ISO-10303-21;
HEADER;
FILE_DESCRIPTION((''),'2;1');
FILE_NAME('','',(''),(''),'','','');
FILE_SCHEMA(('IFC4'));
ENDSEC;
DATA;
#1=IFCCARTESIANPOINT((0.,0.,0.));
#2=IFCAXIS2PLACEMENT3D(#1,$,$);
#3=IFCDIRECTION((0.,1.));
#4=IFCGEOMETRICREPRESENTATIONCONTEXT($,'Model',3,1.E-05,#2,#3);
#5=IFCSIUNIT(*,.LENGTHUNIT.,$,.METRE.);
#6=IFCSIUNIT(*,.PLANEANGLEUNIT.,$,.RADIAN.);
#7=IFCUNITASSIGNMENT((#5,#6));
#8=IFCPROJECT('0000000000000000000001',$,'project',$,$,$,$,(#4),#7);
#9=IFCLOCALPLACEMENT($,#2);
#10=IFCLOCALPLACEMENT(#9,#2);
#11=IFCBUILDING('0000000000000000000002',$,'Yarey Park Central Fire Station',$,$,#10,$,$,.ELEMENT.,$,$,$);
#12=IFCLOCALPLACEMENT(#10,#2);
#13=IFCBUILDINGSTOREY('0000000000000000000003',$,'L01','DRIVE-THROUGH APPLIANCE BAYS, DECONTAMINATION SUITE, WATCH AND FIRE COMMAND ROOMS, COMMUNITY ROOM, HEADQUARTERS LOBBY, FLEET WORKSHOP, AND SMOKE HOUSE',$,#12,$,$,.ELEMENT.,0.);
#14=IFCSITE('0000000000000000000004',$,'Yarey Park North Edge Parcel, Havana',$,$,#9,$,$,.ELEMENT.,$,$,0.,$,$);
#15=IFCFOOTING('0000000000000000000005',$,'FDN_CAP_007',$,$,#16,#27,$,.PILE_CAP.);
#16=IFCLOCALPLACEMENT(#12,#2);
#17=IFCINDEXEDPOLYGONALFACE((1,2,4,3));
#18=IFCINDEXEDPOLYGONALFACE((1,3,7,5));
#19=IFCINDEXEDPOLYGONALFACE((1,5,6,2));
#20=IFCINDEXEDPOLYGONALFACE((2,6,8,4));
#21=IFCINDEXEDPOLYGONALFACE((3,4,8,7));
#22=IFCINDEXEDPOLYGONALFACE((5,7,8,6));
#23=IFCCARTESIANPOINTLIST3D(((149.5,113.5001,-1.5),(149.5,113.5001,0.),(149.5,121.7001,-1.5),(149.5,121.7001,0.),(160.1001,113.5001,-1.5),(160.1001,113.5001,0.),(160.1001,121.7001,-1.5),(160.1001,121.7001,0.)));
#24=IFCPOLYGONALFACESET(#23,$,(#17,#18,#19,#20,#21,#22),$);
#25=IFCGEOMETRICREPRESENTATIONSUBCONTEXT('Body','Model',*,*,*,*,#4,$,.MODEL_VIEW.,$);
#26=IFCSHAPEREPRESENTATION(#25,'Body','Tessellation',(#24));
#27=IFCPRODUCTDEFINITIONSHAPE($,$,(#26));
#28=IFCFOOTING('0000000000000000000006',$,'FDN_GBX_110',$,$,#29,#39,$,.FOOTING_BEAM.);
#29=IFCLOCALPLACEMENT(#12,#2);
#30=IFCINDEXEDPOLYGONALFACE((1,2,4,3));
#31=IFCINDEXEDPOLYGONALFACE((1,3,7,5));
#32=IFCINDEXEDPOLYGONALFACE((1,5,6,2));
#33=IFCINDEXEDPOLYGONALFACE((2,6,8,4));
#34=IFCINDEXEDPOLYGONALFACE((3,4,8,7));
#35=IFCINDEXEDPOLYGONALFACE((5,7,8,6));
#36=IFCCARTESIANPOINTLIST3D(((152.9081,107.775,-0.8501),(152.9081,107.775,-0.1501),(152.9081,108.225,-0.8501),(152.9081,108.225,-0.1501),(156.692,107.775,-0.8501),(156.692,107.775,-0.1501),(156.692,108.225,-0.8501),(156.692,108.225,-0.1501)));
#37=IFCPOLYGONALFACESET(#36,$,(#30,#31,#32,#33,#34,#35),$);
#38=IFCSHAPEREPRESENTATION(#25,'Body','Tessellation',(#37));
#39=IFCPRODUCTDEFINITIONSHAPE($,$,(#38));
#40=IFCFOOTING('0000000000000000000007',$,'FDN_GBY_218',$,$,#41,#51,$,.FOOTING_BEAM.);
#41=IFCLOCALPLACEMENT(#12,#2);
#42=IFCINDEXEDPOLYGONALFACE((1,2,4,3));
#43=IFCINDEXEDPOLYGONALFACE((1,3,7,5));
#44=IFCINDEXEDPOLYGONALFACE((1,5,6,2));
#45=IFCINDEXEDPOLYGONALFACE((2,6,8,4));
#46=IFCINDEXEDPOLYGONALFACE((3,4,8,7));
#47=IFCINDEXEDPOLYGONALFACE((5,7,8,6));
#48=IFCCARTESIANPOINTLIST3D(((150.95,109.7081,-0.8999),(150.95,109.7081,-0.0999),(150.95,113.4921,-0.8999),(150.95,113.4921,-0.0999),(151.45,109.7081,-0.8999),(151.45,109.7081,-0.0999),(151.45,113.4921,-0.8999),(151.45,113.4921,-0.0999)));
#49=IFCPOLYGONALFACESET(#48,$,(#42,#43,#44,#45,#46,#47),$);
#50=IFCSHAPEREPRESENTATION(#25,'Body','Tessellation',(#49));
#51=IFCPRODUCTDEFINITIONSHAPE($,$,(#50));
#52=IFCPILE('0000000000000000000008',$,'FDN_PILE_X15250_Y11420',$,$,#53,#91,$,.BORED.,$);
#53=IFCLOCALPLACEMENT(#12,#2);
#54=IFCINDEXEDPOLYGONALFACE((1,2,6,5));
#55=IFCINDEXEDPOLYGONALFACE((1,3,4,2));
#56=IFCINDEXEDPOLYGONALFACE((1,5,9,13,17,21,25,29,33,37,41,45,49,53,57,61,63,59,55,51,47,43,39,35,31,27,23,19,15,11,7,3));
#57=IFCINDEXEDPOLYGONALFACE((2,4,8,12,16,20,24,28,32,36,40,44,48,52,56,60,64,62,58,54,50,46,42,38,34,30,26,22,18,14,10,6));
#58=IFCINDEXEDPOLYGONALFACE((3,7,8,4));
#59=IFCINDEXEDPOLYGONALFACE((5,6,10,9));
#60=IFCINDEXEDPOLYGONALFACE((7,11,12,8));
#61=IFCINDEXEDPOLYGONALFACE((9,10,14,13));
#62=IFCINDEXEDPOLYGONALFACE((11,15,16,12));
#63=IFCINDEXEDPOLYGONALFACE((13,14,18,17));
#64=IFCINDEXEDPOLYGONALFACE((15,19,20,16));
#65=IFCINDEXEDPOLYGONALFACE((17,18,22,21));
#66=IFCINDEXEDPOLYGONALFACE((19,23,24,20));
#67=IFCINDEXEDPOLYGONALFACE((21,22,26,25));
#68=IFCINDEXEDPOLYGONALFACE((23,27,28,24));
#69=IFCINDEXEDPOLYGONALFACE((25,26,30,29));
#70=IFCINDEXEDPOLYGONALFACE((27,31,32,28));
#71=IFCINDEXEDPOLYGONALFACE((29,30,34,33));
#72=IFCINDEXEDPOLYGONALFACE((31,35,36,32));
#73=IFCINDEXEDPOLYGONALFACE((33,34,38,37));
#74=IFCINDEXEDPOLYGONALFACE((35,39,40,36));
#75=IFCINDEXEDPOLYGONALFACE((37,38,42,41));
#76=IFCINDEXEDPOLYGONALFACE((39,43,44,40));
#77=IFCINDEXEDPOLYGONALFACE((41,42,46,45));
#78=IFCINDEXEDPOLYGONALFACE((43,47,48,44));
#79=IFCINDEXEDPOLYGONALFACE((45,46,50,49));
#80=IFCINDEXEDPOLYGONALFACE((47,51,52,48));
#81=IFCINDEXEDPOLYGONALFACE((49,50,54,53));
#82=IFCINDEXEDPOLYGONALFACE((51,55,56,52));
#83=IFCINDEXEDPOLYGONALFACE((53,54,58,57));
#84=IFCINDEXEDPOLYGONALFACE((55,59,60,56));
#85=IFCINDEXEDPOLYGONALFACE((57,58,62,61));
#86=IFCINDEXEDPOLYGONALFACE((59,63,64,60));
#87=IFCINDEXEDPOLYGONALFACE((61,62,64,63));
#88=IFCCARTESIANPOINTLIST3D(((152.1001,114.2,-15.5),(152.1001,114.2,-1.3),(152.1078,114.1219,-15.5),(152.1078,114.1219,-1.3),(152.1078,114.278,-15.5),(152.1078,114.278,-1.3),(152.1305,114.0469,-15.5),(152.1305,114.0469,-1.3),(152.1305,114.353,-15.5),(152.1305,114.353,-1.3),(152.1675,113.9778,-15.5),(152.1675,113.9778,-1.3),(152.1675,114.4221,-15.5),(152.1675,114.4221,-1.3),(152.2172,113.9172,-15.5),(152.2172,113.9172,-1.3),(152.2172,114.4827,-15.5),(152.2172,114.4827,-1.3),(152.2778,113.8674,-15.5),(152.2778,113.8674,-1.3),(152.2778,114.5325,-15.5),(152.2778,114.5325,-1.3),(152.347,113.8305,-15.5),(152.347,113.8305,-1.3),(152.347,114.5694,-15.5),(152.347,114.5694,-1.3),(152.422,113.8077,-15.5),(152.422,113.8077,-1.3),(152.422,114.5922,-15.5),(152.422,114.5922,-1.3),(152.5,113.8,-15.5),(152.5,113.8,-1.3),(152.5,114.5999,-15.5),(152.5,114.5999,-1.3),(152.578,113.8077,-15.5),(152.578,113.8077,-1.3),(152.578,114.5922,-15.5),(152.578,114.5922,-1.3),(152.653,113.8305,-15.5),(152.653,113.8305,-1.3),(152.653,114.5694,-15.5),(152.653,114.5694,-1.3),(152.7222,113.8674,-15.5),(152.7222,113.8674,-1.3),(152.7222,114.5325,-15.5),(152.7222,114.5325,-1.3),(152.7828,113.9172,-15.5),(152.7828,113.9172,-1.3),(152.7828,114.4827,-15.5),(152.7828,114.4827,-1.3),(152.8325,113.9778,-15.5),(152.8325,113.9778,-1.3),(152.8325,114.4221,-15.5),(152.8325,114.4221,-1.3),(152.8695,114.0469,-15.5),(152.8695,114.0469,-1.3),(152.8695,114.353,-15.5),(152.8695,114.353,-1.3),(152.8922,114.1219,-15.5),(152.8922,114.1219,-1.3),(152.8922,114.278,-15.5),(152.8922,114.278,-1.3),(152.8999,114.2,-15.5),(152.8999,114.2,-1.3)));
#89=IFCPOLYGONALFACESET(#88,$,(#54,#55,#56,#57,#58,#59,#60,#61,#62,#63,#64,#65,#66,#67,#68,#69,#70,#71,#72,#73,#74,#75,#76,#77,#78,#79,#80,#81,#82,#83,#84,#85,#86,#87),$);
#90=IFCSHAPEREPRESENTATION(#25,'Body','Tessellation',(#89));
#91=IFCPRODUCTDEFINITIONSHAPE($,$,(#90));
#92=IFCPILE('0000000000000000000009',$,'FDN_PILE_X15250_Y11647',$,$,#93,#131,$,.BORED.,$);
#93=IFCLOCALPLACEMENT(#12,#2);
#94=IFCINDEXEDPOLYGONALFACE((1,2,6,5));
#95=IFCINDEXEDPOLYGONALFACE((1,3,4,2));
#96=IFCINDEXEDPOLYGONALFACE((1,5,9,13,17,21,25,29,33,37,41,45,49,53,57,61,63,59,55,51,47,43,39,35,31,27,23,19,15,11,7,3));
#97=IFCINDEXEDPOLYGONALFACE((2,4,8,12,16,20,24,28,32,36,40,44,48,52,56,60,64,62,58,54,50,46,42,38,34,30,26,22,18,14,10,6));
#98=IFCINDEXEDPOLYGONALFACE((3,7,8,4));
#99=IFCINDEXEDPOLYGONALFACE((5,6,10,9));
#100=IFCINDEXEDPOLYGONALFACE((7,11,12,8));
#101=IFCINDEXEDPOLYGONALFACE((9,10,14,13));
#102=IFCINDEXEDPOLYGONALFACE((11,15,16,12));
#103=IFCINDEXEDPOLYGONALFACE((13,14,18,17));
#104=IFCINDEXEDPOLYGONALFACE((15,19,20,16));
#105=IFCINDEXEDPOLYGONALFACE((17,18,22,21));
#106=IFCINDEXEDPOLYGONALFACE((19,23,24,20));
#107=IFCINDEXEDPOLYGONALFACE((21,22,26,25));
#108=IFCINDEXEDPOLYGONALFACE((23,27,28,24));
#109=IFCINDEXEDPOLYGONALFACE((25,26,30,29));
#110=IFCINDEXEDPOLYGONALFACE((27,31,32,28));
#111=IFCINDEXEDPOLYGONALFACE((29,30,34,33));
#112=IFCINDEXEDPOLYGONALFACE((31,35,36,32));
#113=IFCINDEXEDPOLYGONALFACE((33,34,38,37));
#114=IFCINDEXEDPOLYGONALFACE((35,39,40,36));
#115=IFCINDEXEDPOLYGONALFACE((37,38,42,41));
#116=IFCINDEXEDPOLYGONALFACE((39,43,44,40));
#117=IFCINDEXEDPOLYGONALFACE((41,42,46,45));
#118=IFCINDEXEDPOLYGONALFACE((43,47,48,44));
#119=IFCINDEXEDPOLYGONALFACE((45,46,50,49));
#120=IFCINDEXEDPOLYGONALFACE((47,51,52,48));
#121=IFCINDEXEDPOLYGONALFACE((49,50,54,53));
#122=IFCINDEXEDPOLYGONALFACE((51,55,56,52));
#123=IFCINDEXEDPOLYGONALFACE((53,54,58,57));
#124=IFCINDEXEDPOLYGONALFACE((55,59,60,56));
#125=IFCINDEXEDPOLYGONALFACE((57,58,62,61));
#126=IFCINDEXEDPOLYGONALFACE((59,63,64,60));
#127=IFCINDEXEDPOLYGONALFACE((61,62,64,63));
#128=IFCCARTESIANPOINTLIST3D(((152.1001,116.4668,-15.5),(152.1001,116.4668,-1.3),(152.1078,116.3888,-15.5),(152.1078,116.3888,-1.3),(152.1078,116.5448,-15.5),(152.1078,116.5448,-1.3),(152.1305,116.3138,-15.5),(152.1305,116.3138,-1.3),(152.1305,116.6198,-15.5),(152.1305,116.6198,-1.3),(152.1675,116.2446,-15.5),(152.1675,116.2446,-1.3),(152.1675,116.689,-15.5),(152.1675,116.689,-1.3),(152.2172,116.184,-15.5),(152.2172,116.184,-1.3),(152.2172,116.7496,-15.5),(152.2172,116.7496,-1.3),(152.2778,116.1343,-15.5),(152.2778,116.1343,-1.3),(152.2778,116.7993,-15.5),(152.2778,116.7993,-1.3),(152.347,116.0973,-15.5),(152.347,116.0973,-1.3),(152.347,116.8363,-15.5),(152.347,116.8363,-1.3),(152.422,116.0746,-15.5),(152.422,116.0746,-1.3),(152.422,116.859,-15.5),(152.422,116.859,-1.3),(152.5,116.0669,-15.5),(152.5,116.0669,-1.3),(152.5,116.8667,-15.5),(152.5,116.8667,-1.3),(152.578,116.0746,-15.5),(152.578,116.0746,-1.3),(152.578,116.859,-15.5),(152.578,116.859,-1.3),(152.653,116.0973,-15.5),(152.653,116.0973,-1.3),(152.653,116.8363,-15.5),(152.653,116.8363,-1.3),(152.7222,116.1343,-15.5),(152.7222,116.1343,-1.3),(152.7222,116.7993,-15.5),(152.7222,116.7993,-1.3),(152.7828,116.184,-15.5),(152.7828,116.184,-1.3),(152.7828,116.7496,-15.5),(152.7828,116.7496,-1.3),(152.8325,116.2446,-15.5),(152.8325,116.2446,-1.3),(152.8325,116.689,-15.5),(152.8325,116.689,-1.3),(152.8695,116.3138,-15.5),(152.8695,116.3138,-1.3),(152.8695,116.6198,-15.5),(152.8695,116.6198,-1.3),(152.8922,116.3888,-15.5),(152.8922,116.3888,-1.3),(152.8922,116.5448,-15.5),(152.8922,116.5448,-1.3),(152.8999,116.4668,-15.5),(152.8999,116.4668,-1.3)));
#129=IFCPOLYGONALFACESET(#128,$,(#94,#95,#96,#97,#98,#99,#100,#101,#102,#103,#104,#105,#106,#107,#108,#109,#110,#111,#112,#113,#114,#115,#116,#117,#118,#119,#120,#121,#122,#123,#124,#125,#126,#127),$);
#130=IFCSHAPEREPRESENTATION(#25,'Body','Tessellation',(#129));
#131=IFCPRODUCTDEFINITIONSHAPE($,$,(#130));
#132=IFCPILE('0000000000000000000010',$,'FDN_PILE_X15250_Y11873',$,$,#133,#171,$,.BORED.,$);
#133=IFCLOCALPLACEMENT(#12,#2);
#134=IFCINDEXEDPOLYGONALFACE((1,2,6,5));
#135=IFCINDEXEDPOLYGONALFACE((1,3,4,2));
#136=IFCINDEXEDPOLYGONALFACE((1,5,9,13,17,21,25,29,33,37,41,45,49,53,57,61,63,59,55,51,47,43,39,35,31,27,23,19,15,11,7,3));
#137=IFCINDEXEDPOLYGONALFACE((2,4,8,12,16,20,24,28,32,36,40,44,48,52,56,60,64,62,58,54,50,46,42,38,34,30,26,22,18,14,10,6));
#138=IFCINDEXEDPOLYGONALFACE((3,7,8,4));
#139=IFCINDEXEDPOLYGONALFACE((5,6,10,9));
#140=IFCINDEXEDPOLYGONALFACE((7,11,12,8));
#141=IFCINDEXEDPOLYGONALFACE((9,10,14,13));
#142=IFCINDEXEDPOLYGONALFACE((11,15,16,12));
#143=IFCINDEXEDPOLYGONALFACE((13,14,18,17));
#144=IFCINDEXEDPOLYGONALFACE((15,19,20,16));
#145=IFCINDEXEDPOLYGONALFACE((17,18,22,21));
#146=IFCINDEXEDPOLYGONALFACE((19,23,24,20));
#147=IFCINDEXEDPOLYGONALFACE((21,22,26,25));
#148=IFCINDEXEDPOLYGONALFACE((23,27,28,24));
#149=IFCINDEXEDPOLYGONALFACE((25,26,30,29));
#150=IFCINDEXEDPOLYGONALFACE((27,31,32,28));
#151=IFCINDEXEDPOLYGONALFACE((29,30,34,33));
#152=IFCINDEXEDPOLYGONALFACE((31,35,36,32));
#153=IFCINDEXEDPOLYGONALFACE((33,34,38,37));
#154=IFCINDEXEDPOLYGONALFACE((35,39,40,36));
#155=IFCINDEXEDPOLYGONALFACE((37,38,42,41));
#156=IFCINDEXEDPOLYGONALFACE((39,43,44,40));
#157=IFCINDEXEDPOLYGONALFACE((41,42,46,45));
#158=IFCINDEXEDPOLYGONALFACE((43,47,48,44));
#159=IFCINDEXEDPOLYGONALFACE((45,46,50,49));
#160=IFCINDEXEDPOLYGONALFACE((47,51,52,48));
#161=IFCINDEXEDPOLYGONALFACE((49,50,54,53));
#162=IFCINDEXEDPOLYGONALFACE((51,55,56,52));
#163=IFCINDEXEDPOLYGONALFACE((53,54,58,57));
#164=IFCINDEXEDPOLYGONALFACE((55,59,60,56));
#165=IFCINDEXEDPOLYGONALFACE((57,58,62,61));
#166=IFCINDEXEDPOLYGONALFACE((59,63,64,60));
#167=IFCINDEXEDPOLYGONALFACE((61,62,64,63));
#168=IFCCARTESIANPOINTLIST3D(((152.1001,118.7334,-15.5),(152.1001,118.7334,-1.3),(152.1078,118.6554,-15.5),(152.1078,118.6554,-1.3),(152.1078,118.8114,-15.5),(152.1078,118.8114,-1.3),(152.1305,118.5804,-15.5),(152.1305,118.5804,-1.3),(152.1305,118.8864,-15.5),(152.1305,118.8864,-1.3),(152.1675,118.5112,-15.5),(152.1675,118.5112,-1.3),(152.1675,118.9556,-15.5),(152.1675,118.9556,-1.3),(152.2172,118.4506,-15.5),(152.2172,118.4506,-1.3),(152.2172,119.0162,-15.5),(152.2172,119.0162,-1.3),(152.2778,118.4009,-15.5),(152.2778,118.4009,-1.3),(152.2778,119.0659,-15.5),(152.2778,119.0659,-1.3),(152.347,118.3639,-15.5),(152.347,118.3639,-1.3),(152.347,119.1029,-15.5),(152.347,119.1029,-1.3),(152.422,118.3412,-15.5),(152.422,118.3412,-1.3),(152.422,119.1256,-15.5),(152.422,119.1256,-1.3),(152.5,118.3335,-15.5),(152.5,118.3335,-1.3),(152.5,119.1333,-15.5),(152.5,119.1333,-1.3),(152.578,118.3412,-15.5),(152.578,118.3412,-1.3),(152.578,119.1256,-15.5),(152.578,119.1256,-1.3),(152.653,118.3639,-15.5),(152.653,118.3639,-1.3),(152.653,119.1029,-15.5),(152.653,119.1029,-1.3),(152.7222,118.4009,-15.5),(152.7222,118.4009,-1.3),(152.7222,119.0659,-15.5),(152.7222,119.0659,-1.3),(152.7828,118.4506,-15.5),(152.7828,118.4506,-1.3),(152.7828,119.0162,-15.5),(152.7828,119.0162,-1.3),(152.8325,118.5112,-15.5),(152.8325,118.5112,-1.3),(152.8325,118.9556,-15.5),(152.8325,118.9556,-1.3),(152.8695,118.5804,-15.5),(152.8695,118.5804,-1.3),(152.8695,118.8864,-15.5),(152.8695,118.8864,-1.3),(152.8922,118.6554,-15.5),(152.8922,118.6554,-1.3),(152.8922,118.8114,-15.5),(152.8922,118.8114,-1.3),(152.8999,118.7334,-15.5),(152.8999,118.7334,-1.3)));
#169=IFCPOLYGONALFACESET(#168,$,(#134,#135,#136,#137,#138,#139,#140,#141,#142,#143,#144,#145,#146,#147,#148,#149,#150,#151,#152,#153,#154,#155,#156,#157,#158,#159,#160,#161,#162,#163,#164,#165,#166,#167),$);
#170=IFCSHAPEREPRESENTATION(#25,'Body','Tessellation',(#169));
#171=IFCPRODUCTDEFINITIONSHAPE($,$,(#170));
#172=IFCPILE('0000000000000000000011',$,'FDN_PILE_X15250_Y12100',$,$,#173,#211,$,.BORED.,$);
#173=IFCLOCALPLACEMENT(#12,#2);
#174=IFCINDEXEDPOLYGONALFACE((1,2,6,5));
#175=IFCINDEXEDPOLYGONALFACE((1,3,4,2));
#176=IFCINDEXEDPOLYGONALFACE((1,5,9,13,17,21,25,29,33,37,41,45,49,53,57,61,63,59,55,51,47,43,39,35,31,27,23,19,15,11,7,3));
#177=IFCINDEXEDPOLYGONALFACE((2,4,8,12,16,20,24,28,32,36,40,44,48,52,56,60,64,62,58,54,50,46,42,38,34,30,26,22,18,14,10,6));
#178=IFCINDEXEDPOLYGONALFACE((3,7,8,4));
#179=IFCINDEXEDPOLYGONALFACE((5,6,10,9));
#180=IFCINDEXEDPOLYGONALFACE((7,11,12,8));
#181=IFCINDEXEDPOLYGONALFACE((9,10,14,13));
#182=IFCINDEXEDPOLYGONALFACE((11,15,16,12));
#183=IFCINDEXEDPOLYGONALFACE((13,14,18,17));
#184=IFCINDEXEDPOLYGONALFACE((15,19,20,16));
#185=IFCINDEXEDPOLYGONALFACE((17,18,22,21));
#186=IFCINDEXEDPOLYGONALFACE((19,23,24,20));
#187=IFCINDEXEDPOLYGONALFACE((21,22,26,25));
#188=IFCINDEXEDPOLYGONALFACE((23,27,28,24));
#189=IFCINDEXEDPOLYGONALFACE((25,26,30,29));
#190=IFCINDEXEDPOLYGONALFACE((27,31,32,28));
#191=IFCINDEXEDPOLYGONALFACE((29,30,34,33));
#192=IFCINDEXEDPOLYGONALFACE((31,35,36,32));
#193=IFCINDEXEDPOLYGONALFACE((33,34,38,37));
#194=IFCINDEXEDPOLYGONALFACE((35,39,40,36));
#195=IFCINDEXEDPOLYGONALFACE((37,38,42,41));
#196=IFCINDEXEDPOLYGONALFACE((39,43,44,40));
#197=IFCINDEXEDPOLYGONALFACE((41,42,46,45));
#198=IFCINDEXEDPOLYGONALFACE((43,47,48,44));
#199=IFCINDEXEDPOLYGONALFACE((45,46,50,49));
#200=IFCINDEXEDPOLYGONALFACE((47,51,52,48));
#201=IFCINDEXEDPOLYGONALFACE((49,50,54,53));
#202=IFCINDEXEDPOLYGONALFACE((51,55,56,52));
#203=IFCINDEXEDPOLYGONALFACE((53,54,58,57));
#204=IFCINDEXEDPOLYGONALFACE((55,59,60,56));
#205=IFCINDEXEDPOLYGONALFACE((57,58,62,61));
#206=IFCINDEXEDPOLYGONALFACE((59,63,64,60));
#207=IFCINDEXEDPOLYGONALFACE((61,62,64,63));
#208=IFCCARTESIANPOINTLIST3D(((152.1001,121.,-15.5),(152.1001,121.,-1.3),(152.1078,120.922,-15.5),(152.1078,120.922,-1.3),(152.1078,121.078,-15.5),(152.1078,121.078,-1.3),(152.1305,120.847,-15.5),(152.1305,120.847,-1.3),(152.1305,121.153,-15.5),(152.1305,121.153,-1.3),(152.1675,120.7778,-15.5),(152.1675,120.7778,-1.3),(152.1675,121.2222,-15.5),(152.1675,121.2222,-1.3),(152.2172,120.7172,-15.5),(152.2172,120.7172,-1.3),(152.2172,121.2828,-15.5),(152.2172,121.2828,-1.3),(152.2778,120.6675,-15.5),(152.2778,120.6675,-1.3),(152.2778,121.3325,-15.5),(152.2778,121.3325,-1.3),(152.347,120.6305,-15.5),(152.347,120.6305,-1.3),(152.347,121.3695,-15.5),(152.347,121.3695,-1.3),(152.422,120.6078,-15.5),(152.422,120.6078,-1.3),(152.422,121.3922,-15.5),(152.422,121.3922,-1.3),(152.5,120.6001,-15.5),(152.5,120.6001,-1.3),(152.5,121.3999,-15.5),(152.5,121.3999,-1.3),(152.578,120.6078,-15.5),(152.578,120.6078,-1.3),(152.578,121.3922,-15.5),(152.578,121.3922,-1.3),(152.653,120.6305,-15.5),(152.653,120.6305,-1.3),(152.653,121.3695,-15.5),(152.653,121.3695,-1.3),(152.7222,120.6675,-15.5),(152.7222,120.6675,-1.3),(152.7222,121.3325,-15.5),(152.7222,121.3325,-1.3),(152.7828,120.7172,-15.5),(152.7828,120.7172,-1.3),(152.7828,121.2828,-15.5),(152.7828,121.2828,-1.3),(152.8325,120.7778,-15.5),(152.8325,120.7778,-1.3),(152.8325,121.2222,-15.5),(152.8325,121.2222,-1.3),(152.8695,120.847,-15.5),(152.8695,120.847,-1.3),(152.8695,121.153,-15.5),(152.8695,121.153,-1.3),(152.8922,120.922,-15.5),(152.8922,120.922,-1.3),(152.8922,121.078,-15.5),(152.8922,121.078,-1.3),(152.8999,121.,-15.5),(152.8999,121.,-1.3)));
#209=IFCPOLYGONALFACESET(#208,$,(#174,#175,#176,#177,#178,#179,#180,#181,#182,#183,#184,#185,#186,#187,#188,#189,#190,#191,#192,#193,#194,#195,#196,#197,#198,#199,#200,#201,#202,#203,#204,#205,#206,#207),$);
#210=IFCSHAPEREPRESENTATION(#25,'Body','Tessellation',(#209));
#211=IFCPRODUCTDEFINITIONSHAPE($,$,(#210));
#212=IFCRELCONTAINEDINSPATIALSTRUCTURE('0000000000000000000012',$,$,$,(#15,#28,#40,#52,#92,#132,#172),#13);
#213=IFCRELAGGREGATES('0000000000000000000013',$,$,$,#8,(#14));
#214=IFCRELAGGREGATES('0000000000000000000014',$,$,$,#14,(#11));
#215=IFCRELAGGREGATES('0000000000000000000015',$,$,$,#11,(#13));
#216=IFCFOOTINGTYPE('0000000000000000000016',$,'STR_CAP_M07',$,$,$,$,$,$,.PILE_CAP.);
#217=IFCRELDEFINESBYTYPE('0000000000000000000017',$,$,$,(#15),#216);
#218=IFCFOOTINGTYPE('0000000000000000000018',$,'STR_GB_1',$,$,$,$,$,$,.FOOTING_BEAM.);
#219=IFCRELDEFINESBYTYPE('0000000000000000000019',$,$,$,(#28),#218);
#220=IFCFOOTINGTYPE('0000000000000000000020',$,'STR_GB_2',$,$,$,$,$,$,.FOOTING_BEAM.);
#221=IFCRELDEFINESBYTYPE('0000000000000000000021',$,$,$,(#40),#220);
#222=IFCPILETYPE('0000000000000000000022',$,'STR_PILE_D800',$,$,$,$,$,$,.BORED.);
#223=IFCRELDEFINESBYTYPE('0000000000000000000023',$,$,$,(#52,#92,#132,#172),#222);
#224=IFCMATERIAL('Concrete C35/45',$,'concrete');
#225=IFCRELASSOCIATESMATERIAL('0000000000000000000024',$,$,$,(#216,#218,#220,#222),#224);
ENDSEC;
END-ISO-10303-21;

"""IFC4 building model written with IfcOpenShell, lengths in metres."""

from ifc_helpers import new_model, si_unit, direction, frame, origin, origin_2d, place, context, subcontext, project, spatial, rectangle, circle, extrude, material, material_profile, profile_set, type_object, element, save


model = new_model("IFC4")

# Units and contexts
model_context = context("Model", 3, precision=1e-05, world=origin(), true_north=direction((0.0, 1.0)))
body_context = subcontext(model_context, "Body", "Model", "MODEL_VIEW")
ifc_project = project(units=[si_unit("LENGTHUNIT", "METRE"), si_unit("PLANEANGLEUNIT", "RADIAN")], contexts=[model_context])

# Site, building, storey
site_placement = place(None, origin())
site = spatial("IfcSite", under=ifc_project, at=site_placement, Name="Yarey Park North Edge Parcel, Havana", CompositionType="ELEMENT", RefElevation=0.0)
building_placement = place(site_placement, origin())
building = spatial("IfcBuilding", under=site, at=building_placement, Name="Yarey Park Central Fire Station", CompositionType="ELEMENT")
storey_placement = place(building_placement, origin())
storey = spatial("IfcBuildingStorey", under=building, at=storey_placement, Name="L01", Description="DRIVE-THROUGH APPLIANCE BAYS, DECONTAMINATION SUITE, WATCH AND FIRE COMMAND ROOMS, COMMUNITY ROOM, HEADQUARTERS LOBBY, FLEET WORKSHOP, AND SMOKE HOUSE", CompositionType="ELEMENT", Elevation=0.0)

# Footings
ifc_material_1 = material(Name="Concrete C35/45", Category="concrete")
footing_type_1 = type_object("IfcFootingType", Name="STR_CAP_M07", PredefinedType="PILE_CAP", material=ifc_material_1)
footing_1_placement = place(storey_placement, frame((154.8, 117.6001, -1.5), z_axis=(0.0, 0.0, 1.0), x_axis=(1.0, 0.0, 0.0)))
element("IfcFooting", 1, at=footing_1_placement, inside=storey, type_object=footing_type_1, Name="FDN_CAP_007", PredefinedType="PILE_CAP", context=body_context, shape_type="SweptSolid", body=[
    extrude(rectangle(XDim=10.6001, YDim=8.2, at=origin_2d()), origin(), (0.0, 0.0, 1.0), 1.5),
])
footing_type_2 = type_object("IfcFootingType", Name="STR_GB_1", PredefinedType="FOOTING_BEAM", material=ifc_material_1)
footing_2_placement = place(storey_placement, frame((154.8, 108.0, -0.8501), z_axis=(0.0, 0.0, 1.0), x_axis=(1.0, 0.0, 0.0)))
element("IfcFooting", 2, at=footing_2_placement, inside=storey, type_object=footing_type_2, Name="FDN_GBX_110", PredefinedType="FOOTING_BEAM", context=body_context, shape_type="SweptSolid", body=[
    extrude(rectangle(XDim=3.7839, YDim=0.45, at=origin_2d()), origin(), (0.0, 0.0, 1.0), 0.7),
])
footing_type_3 = type_object("IfcFootingType", Name="STR_GB_2", PredefinedType="FOOTING_BEAM", material=ifc_material_1)
footing_3_placement = place(storey_placement, frame((151.2, 111.6001, -0.8999), z_axis=(0.0, 0.0, 1.0), x_axis=(1.0, 0.0, 0.0)))
element("IfcFooting", 3, at=footing_3_placement, inside=storey, type_object=footing_type_3, Name="FDN_GBY_218", PredefinedType="FOOTING_BEAM", context=body_context, shape_type="SweptSolid", body=[
    extrude(rectangle(XDim=0.5, YDim=3.7839, at=origin_2d()), origin(), (0.0, 0.0, 1.0), 0.8),
])

# Piles
ifc_material_profile_1 = material_profile(ifc_material_1, circle(Radius=0.3999, at=origin_2d()), Name="BORED PILE D800")
ifc_profile_set_1 = profile_set([ifc_material_profile_1], Name="Concrete C35/45")
pile_type = type_object("IfcPileType", Name="STR_PILE_D800", PredefinedType="BORED", material=ifc_profile_set_1)
for number, where, z_axis, x_axis, name in (
    (4, (152.5, 114.2, -1.3), (0.0, 0.0, -1.0), (1.0, 0.0, 0.0), "FDN_PILE_X15250_Y11420"),
    (5, (152.5, 116.4668, -1.3), (0.0, 0.0, -1.0), (1.0, 0.0, 0.0), "FDN_PILE_X15250_Y11647"),
    (6, (152.5, 118.7334, -1.3), (0.0, 0.0, -1.0), (1.0, 0.0, 0.0), "FDN_PILE_X15250_Y11873"),
    (7, (152.5, 121.0, -1.3), (0.0, 0.0, -1.0), (1.0, 0.0, 0.0), "FDN_PILE_X15250_Y12100"),
):
    element("IfcPile", number, at=place(storey_placement, frame(where, z_axis=z_axis, x_axis=x_axis)), inside=storey, type_object=pile_type, Name=name, PredefinedType="BORED", context=body_context, shape_type="SweptSolid", body=[
        extrude(circle(Radius=0.3999, at=origin_2d()), origin(), (0.0, 0.0, 1.0), 14.2),
    ])

save(model, "model.ifc")
